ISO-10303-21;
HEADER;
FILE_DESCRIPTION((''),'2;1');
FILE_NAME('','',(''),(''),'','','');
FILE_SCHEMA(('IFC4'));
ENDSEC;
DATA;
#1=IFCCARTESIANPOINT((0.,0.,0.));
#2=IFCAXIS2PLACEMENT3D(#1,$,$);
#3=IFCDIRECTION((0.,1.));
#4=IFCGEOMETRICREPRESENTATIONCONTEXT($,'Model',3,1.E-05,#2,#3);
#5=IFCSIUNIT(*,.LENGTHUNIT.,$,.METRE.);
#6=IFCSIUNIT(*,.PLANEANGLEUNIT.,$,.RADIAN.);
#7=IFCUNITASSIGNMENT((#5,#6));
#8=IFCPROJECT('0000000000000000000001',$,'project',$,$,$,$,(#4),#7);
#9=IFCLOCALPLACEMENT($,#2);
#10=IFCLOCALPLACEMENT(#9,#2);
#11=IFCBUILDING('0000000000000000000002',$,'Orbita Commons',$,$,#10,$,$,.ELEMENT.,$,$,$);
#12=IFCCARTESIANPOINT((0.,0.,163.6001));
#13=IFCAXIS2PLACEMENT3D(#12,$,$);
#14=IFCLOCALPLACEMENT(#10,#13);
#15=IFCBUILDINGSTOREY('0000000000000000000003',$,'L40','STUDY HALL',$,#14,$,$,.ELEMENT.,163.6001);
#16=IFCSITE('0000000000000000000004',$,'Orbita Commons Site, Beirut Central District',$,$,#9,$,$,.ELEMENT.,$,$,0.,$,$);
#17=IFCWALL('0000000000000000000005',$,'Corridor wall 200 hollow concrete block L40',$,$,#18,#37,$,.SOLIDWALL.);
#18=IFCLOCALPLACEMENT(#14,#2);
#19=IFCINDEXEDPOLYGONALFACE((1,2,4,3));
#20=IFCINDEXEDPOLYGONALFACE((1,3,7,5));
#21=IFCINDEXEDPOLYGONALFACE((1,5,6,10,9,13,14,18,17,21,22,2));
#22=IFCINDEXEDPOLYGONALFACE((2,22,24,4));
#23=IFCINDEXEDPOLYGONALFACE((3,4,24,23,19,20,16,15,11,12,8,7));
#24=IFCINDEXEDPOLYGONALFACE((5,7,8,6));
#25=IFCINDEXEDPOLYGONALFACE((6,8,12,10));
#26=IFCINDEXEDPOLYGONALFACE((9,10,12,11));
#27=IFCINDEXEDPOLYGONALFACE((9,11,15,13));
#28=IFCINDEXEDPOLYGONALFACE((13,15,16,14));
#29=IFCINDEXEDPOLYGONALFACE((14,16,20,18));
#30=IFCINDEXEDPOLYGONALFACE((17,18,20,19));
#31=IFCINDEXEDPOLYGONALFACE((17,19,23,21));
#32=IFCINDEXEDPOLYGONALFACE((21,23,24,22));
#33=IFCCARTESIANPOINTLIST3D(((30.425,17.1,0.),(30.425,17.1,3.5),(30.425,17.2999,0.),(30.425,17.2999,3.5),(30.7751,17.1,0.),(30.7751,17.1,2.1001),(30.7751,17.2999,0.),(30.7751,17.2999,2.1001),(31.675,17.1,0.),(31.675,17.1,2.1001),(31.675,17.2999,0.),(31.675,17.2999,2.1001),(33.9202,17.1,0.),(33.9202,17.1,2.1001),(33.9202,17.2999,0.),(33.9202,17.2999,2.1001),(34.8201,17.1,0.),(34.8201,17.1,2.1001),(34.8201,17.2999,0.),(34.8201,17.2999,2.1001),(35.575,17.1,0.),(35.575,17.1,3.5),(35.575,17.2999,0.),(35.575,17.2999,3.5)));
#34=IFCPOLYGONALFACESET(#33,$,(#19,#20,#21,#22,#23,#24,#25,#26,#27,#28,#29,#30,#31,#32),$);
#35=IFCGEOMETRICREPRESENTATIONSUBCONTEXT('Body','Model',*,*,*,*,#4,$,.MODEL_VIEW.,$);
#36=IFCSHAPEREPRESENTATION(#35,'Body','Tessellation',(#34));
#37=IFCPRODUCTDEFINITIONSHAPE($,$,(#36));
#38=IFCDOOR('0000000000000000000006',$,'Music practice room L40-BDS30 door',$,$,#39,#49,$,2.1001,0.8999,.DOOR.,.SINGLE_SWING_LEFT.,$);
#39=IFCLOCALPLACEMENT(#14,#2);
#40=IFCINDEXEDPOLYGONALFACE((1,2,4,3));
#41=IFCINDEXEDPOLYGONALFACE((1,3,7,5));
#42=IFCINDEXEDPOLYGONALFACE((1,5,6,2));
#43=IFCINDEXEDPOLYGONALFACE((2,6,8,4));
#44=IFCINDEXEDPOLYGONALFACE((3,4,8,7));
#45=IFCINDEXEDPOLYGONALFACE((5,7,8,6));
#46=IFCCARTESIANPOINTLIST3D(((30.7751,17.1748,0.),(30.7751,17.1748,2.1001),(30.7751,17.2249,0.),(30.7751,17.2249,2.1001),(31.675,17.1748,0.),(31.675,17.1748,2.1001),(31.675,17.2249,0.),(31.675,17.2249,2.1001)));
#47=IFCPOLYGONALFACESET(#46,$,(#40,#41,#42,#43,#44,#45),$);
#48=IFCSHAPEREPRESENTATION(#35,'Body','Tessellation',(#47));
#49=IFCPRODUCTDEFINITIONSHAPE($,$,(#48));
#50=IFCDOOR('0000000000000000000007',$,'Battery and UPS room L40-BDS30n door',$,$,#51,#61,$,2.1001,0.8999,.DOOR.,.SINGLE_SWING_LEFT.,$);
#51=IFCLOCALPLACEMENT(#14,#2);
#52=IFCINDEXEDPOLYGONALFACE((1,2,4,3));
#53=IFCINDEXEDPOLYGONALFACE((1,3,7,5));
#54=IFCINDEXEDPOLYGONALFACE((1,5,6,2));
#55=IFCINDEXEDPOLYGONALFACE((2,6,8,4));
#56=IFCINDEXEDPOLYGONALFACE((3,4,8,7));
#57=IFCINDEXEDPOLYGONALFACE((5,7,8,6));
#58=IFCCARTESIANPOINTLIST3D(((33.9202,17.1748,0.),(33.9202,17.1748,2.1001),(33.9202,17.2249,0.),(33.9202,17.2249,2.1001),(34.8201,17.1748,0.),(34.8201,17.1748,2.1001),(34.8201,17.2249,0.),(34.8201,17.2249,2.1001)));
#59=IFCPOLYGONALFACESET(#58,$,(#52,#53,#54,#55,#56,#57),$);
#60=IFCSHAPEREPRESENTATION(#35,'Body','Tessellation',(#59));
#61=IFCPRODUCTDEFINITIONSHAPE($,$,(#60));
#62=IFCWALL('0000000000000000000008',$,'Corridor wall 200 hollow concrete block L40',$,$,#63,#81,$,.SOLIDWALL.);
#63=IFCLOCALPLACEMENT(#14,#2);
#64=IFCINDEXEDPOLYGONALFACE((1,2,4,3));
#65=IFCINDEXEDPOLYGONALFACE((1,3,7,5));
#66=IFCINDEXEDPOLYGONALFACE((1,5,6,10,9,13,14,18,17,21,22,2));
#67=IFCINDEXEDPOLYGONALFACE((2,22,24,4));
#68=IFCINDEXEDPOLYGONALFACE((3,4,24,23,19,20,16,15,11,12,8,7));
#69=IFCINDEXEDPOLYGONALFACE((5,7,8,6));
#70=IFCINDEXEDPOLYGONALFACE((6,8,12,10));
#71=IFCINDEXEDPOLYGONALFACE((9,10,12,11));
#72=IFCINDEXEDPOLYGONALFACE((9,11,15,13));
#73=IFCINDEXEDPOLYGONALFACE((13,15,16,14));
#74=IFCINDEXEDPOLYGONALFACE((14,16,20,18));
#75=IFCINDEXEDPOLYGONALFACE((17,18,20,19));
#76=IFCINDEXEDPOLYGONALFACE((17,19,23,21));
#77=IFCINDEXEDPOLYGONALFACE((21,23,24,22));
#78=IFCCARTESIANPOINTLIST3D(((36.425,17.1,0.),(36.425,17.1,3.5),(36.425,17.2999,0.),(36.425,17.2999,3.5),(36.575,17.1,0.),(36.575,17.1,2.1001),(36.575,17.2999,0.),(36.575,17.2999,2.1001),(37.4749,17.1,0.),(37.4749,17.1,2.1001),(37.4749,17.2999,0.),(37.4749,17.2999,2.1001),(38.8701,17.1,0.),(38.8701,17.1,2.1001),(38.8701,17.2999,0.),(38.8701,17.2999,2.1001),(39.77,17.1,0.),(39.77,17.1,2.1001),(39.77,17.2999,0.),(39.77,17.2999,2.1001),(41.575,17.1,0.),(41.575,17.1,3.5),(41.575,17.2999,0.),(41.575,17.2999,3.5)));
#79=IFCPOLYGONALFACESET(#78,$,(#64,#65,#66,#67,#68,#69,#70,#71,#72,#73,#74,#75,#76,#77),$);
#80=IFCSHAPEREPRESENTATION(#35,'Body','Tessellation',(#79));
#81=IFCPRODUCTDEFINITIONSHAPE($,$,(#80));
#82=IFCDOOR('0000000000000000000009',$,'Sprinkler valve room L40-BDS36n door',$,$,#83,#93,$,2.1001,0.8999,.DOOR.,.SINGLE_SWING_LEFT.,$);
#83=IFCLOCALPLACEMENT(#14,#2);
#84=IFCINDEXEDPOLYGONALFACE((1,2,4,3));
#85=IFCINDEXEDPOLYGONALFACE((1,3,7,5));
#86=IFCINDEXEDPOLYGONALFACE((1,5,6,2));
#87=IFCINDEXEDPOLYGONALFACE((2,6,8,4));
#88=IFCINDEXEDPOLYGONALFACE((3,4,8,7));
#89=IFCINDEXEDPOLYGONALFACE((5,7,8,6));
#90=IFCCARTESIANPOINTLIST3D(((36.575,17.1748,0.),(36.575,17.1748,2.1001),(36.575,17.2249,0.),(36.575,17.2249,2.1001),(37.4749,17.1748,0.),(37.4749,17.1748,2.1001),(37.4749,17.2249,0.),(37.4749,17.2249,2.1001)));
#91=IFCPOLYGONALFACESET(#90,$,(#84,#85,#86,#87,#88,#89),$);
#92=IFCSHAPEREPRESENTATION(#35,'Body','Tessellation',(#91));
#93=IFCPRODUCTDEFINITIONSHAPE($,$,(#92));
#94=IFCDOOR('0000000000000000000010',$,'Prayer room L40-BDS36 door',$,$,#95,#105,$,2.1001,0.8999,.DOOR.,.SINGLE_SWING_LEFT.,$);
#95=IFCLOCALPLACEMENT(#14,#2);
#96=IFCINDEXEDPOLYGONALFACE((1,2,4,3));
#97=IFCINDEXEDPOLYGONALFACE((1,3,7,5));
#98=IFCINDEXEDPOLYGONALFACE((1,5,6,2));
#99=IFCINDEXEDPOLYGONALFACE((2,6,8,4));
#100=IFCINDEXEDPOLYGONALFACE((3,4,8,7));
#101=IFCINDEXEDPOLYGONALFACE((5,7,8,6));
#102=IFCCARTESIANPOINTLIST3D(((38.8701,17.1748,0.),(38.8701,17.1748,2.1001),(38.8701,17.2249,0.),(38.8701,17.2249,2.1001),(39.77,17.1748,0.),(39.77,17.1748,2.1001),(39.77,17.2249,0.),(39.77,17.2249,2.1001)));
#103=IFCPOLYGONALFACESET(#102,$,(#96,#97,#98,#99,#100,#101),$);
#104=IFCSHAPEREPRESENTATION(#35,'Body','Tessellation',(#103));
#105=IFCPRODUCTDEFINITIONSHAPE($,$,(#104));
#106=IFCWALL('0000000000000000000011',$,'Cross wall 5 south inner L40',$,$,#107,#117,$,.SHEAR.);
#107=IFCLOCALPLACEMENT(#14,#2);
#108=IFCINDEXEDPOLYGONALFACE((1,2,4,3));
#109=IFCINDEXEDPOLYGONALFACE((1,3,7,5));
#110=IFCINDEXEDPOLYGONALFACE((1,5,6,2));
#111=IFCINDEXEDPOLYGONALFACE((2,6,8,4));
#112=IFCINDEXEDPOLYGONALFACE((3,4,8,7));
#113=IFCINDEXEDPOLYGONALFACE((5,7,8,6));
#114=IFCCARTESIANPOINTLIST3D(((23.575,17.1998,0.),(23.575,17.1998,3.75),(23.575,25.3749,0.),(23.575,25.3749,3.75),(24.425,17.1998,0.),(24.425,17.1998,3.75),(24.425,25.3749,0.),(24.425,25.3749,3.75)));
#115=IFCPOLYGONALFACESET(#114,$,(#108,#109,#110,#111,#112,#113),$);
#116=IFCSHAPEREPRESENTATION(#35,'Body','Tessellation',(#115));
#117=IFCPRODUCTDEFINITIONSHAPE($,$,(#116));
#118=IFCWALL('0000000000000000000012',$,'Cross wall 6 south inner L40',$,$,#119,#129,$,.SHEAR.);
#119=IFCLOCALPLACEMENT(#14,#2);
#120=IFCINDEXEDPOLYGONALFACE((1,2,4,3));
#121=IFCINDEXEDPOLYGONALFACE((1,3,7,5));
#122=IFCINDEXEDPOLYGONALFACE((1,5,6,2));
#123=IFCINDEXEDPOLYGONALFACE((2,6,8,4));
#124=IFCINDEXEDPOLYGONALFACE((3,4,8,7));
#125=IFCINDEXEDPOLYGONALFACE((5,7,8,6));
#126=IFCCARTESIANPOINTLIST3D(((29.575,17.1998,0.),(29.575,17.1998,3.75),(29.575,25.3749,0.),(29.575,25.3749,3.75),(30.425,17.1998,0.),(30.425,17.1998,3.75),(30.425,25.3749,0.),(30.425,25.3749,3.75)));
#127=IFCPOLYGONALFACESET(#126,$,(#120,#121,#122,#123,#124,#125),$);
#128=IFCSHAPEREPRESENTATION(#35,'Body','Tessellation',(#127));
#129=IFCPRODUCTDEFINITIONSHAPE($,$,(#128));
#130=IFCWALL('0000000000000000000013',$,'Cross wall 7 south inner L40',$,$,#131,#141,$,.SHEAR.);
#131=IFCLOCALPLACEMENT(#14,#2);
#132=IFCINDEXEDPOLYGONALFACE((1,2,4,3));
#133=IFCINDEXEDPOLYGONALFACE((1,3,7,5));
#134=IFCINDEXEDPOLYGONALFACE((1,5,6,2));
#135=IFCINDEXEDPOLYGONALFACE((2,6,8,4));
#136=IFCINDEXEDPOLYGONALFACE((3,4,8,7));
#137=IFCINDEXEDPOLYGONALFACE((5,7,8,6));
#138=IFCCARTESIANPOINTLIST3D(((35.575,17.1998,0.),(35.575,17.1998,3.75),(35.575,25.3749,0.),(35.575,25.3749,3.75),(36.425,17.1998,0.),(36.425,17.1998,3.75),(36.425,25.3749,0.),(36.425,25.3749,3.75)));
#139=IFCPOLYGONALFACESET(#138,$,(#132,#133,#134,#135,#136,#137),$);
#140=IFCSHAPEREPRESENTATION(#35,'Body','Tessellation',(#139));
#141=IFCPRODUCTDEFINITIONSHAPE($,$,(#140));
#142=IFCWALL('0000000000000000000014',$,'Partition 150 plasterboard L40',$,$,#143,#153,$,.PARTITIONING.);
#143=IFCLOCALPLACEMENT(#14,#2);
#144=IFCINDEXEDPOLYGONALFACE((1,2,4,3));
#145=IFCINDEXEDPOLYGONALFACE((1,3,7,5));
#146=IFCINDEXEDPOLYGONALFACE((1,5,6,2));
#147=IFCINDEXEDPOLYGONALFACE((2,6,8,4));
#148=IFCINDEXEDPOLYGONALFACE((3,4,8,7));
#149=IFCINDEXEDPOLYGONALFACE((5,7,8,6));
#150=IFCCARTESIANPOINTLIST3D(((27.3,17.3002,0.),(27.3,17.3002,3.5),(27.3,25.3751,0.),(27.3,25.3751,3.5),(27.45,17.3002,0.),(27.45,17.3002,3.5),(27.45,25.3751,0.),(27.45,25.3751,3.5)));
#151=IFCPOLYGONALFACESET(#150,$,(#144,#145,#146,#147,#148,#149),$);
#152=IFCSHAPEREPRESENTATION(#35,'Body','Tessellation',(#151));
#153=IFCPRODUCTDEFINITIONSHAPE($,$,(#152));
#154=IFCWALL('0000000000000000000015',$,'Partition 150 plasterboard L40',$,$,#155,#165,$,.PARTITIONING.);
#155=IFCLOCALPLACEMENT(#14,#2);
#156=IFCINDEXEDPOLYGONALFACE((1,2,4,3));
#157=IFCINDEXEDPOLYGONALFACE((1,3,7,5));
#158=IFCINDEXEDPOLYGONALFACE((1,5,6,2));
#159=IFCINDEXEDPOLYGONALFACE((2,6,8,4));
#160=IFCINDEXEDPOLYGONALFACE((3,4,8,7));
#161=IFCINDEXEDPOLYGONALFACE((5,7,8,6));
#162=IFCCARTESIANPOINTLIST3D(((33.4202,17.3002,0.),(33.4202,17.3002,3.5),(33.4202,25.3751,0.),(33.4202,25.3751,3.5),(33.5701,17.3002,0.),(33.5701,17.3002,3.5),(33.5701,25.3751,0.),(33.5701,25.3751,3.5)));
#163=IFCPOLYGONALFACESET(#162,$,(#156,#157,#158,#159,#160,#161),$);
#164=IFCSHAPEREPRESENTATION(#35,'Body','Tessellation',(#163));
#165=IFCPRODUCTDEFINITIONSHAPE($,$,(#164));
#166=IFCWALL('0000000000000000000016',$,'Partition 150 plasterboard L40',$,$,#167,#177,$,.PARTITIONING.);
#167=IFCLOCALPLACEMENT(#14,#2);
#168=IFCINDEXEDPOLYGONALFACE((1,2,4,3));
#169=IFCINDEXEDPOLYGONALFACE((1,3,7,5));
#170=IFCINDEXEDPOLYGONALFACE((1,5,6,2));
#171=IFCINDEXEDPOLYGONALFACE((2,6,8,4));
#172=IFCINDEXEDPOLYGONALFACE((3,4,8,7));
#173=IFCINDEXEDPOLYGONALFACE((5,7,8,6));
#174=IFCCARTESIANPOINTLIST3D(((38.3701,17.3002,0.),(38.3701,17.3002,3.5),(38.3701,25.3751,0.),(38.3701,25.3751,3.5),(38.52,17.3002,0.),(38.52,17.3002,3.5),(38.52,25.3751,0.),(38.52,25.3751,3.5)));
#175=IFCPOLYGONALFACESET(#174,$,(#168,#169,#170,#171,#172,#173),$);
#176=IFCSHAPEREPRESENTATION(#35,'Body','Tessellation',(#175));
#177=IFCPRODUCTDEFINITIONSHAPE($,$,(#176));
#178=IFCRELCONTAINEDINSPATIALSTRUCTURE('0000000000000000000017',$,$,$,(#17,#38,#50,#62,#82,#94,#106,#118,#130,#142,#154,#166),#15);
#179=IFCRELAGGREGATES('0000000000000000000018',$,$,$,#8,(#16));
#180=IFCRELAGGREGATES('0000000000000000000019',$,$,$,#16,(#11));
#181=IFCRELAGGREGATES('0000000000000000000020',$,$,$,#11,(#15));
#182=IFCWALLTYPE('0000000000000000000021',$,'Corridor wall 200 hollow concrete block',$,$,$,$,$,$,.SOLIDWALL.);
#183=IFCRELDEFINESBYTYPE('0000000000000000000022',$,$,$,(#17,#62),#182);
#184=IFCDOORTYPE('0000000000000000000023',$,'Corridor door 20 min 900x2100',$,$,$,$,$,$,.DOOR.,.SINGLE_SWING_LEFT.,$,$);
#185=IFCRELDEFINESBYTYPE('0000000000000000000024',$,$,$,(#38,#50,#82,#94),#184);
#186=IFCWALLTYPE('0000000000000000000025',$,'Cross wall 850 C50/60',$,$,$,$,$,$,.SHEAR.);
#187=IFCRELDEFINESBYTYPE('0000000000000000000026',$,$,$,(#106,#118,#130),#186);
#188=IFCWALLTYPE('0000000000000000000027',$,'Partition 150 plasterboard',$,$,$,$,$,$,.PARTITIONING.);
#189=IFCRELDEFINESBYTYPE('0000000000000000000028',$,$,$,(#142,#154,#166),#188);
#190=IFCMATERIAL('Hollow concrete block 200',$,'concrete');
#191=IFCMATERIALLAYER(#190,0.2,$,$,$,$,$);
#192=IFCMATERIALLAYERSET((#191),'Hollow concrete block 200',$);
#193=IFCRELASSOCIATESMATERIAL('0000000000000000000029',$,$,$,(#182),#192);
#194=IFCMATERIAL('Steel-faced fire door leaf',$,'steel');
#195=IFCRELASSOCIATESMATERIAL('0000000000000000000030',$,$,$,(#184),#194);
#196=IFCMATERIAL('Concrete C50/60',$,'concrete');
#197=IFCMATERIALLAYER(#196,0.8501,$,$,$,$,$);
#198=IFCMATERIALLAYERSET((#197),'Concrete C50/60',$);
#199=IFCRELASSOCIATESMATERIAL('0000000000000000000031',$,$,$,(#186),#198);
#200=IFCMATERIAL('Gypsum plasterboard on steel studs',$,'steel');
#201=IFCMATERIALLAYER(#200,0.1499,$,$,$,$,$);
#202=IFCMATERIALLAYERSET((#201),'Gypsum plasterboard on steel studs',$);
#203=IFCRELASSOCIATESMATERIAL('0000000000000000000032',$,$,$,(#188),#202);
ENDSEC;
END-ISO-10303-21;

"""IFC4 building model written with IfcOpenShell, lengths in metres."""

from ifc_helpers import new_model, si_unit, direction, frame, frame_2d, origin, place, context, subcontext, project, spatial, rectangle, extrude, material, layer, layer_set, type_object, element, fill, save


model = new_model("IFC4")

# Units and contexts
model_context = context("Model", 3, precision=1e-05, world=origin(), true_north=direction((0.0, 1.0)))
body_context = subcontext(model_context, "Body", "Model", "MODEL_VIEW")
ifc_project = project(units=[si_unit("LENGTHUNIT", "METRE"), si_unit("PLANEANGLEUNIT", "RADIAN")], contexts=[model_context])

# Site, building, storey
site_placement = place(None, origin())
site = spatial("IfcSite", under=ifc_project, at=site_placement, Name="Orbita Commons Site, Beirut Central District", CompositionType="ELEMENT", RefElevation=0.0)
building_placement = place(site_placement, origin())
building = spatial("IfcBuilding", under=site, at=building_placement, Name="Orbita Commons", CompositionType="ELEMENT")
storey_placement = place(building_placement, frame((0.0, 0.0, 163.6001)))
storey = spatial("IfcBuildingStorey", under=building, at=storey_placement, Name="L40", Description="STUDY HALL", CompositionType="ELEMENT", Elevation=163.6001)

# Walls, openings, doors
ifc_material_1 = material(Name="Hollow concrete block 200", Category="concrete")
ifc_layer_1 = layer(ifc_material_1, 0.2)
ifc_layer_set_1 = layer_set([ifc_layer_1], Name="Hollow concrete block 200")
wall_type_1 = type_object("IfcWallType", Name="Corridor wall 200 hollow concrete block", PredefinedType="SOLIDWALL", material=ifc_layer_set_1)
ifc_material_2 = material(Name="Steel-faced fire door leaf", Category="steel")
door_type_1 = type_object("IfcDoorType", Name="Corridor door 20 min 900x2100", OperationType="SINGLE_SWING_LEFT", PredefinedType="DOOR", material=ifc_material_2)
wall_1_placement = place(storey_placement, frame((30.425, 17.2, 0.0), z_axis=(0.0, 0.0, 1.0), x_axis=(1.0, 0.0, 0.0)))
wall_1 = element("IfcWall", 1, at=wall_1_placement, inside=storey, type_object=wall_type_1, Name="Corridor wall 200 hollow concrete block L40", PredefinedType="SOLIDWALL", context=body_context, shape_type="SweptSolid", body=[
    extrude(rectangle(XDim=5.1499, YDim=0.2, at=frame_2d((2.575, 0.0))), origin(), (0.0, 0.0, 1.0), 3.5),
])
opening_1_placement = place(wall_1_placement, frame((0.3501, 0.0, 0.0)))
opening_1 = element("IfcOpeningElement", 2, at=opening_1_placement, cuts=wall_1, PredefinedType="OPENING", context=body_context, shape_type="SweptSolid", body=[
    extrude(rectangle(XDim=0.8999, YDim=2.1001, at=frame_2d((0.45, 1.05))), frame((0.0, 0.1099, 0.0), z_axis=(0.0, -1.0, 0.0), x_axis=(1.0, 0.0, 0.0)), (0.0, 0.0, 1.0), 0.22),
])
opening_2_placement = place(wall_1_placement, frame((3.4951, 0.0, 0.0)))
opening_2 = element("IfcOpeningElement", 3, at=opening_2_placement, cuts=wall_1, PredefinedType="OPENING", context=body_context, shape_type="SweptSolid", body=[
    extrude(rectangle(XDim=0.8999, YDim=2.1001, at=frame_2d((0.45, 1.05))), frame((0.0, 0.1099, 0.0), z_axis=(0.0, -1.0, 0.0), x_axis=(1.0, 0.0, 0.0)), (0.0, 0.0, 1.0), 0.22),
])
door_1_placement = place(opening_1_placement, origin())
door_1 = element("IfcDoor", 4, at=door_1_placement, inside=storey, type_object=door_type_1, Name="Music practice room L40-BDS30 door", OperationType="SINGLE_SWING_LEFT", OverallHeight=2.1001, OverallWidth=0.8999, PredefinedType="DOOR", context=body_context, shape_type="SweptSolid", body=[
    extrude(rectangle(XDim=0.8999, YDim=2.1001, at=frame_2d((0.45, 1.05))), frame((0.0, 0.0249, 0.0), z_axis=(0.0, -1.0, 0.0), x_axis=(1.0, 0.0, 0.0)), (0.0, 0.0, 1.0), 0.05),
])
fill(opening_1, door_1)
door_2_placement = place(opening_2_placement, origin())
door_2 = element("IfcDoor", 5, at=door_2_placement, inside=storey, type_object=door_type_1, Name="Battery and UPS room L40-BDS30n door", OperationType="SINGLE_SWING_LEFT", OverallHeight=2.1001, OverallWidth=0.8999, PredefinedType="DOOR", context=body_context, shape_type="SweptSolid", body=[
    extrude(rectangle(XDim=0.8999, YDim=2.1001, at=frame_2d((0.45, 1.05))), frame((0.0, 0.0249, 0.0), z_axis=(0.0, -1.0, 0.0), x_axis=(1.0, 0.0, 0.0)), (0.0, 0.0, 1.0), 0.05),
])
fill(opening_2, door_2)
wall_2_placement = place(storey_placement, frame((36.425, 17.2, 0.0), z_axis=(0.0, 0.0, 1.0), x_axis=(1.0, 0.0, 0.0)))
wall_2 = element("IfcWall", 6, at=wall_2_placement, inside=storey, type_object=wall_type_1, Name="Corridor wall 200 hollow concrete block L40", PredefinedType="SOLIDWALL", context=body_context, shape_type="SweptSolid", body=[
    extrude(rectangle(XDim=5.1499, YDim=0.2, at=frame_2d((2.575, 0.0))), origin(), (0.0, 0.0, 1.0), 3.5),
])
opening_3_placement = place(wall_2_placement, frame((0.1499, 0.0, 0.0)))
opening_3 = element("IfcOpeningElement", 7, at=opening_3_placement, cuts=wall_2, PredefinedType="OPENING", context=body_context, shape_type="SweptSolid", body=[
    extrude(rectangle(XDim=0.8999, YDim=2.1001, at=frame_2d((0.45, 1.05))), frame((0.0, 0.1099, 0.0), z_axis=(0.0, -1.0, 0.0), x_axis=(1.0, 0.0, 0.0)), (0.0, 0.0, 1.0), 0.22),
])
opening_4_placement = place(wall_2_placement, frame((2.4451, 0.0, 0.0)))
opening_4 = element("IfcOpeningElement", 8, at=opening_4_placement, cuts=wall_2, PredefinedType="OPENING", context=body_context, shape_type="SweptSolid", body=[
    extrude(rectangle(XDim=0.8999, YDim=2.1001, at=frame_2d((0.45, 1.05))), frame((0.0, 0.1099, 0.0), z_axis=(0.0, -1.0, 0.0), x_axis=(1.0, 0.0, 0.0)), (0.0, 0.0, 1.0), 0.22),
])
door_3_placement = place(opening_3_placement, origin())
door_3 = element("IfcDoor", 9, at=door_3_placement, inside=storey, type_object=door_type_1, Name="Sprinkler valve room L40-BDS36n door", OperationType="SINGLE_SWING_LEFT", OverallHeight=2.1001, OverallWidth=0.8999, PredefinedType="DOOR", context=body_context, shape_type="SweptSolid", body=[
    extrude(rectangle(XDim=0.8999, YDim=2.1001, at=frame_2d((0.45, 1.05))), frame((0.0, 0.0249, 0.0), z_axis=(0.0, -1.0, 0.0), x_axis=(1.0, 0.0, 0.0)), (0.0, 0.0, 1.0), 0.05),
])
fill(opening_3, door_3)
door_4_placement = place(opening_4_placement, origin())
door_4 = element("IfcDoor", 10, at=door_4_placement, inside=storey, type_object=door_type_1, Name="Prayer room L40-BDS36 door", OperationType="SINGLE_SWING_LEFT", OverallHeight=2.1001, OverallWidth=0.8999, PredefinedType="DOOR", context=body_context, shape_type="SweptSolid", body=[
    extrude(rectangle(XDim=0.8999, YDim=2.1001, at=frame_2d((0.45, 1.05))), frame((0.0, 0.0249, 0.0), z_axis=(0.0, -1.0, 0.0), x_axis=(1.0, 0.0, 0.0)), (0.0, 0.0, 1.0), 0.05),
])
fill(opening_4, door_4)

# Walls
ifc_material_3 = material(Name="Concrete C50/60", Category="concrete")
ifc_layer_2 = layer(ifc_material_3, 0.8501)
ifc_layer_set_2 = layer_set([ifc_layer_2], Name="Concrete C50/60")
wall_type_2 = type_object("IfcWallType", Name="Cross wall 850 C50/60", PredefinedType="SHEAR", material=ifc_layer_set_2)
for number, where, z_axis, x_axis, name in (
    (11, (24.0, 17.2, 0.0), (0.0, 0.0, 1.0), (0.0, 1.0, 0.0), "Cross wall 5 south inner L40"),
    (12, (30.0, 17.2, 0.0), (0.0, 0.0, 1.0), (0.0, 1.0, 0.0), "Cross wall 6 south inner L40"),
    (13, (36.0, 17.2, 0.0), (0.0, 0.0, 1.0), (0.0, 1.0, 0.0), "Cross wall 7 south inner L40"),
):
    element("IfcWall", number, at=place(storey_placement, frame(where, z_axis=z_axis, x_axis=x_axis)), inside=storey, type_object=wall_type_2, Name=name, PredefinedType="SHEAR", context=body_context, shape_type="SweptSolid", body=[
        extrude(rectangle(XDim=8.175, YDim=0.8501, at=frame_2d((4.0874, 0.0))), origin(), (0.0, 0.0, 1.0), 3.75),
    ])
ifc_material_4 = material(Name="Gypsum plasterboard on steel studs", Category="steel")
ifc_layer_3 = layer(ifc_material_4, 0.1499)
ifc_layer_set_3 = layer_set([ifc_layer_3], Name="Gypsum plasterboard on steel studs")
wall_type_3 = type_object("IfcWallType", Name="Partition 150 plasterboard", PredefinedType="PARTITIONING", material=ifc_layer_set_3)
for number, where, z_axis, x_axis, name in (
    (14, (27.375, 17.3, 0.0), (0.0, 0.0, 1.0), (0.0, 1.0, 0.0), "Partition 150 plasterboard L40"),
    (15, (33.4951, 17.3, 0.0), (0.0, 0.0, 1.0), (0.0, 1.0, 0.0), "Partition 150 plasterboard L40"),
    (16, (38.4451, 17.3, 0.0), (0.0, 0.0, 1.0), (0.0, 1.0, 0.0), "Partition 150 plasterboard L40"),
):
    element("IfcWall", number, at=place(storey_placement, frame(where, z_axis=z_axis, x_axis=x_axis)), inside=storey, type_object=wall_type_3, Name=name, PredefinedType="PARTITIONING", context=body_context, shape_type="SweptSolid", body=[
        extrude(rectangle(XDim=8.075, YDim=0.1499, at=frame_2d((4.0376, 0.0))), origin(), (0.0, 0.0, 1.0), 3.5),
    ])

save(model, "model.ifc")
